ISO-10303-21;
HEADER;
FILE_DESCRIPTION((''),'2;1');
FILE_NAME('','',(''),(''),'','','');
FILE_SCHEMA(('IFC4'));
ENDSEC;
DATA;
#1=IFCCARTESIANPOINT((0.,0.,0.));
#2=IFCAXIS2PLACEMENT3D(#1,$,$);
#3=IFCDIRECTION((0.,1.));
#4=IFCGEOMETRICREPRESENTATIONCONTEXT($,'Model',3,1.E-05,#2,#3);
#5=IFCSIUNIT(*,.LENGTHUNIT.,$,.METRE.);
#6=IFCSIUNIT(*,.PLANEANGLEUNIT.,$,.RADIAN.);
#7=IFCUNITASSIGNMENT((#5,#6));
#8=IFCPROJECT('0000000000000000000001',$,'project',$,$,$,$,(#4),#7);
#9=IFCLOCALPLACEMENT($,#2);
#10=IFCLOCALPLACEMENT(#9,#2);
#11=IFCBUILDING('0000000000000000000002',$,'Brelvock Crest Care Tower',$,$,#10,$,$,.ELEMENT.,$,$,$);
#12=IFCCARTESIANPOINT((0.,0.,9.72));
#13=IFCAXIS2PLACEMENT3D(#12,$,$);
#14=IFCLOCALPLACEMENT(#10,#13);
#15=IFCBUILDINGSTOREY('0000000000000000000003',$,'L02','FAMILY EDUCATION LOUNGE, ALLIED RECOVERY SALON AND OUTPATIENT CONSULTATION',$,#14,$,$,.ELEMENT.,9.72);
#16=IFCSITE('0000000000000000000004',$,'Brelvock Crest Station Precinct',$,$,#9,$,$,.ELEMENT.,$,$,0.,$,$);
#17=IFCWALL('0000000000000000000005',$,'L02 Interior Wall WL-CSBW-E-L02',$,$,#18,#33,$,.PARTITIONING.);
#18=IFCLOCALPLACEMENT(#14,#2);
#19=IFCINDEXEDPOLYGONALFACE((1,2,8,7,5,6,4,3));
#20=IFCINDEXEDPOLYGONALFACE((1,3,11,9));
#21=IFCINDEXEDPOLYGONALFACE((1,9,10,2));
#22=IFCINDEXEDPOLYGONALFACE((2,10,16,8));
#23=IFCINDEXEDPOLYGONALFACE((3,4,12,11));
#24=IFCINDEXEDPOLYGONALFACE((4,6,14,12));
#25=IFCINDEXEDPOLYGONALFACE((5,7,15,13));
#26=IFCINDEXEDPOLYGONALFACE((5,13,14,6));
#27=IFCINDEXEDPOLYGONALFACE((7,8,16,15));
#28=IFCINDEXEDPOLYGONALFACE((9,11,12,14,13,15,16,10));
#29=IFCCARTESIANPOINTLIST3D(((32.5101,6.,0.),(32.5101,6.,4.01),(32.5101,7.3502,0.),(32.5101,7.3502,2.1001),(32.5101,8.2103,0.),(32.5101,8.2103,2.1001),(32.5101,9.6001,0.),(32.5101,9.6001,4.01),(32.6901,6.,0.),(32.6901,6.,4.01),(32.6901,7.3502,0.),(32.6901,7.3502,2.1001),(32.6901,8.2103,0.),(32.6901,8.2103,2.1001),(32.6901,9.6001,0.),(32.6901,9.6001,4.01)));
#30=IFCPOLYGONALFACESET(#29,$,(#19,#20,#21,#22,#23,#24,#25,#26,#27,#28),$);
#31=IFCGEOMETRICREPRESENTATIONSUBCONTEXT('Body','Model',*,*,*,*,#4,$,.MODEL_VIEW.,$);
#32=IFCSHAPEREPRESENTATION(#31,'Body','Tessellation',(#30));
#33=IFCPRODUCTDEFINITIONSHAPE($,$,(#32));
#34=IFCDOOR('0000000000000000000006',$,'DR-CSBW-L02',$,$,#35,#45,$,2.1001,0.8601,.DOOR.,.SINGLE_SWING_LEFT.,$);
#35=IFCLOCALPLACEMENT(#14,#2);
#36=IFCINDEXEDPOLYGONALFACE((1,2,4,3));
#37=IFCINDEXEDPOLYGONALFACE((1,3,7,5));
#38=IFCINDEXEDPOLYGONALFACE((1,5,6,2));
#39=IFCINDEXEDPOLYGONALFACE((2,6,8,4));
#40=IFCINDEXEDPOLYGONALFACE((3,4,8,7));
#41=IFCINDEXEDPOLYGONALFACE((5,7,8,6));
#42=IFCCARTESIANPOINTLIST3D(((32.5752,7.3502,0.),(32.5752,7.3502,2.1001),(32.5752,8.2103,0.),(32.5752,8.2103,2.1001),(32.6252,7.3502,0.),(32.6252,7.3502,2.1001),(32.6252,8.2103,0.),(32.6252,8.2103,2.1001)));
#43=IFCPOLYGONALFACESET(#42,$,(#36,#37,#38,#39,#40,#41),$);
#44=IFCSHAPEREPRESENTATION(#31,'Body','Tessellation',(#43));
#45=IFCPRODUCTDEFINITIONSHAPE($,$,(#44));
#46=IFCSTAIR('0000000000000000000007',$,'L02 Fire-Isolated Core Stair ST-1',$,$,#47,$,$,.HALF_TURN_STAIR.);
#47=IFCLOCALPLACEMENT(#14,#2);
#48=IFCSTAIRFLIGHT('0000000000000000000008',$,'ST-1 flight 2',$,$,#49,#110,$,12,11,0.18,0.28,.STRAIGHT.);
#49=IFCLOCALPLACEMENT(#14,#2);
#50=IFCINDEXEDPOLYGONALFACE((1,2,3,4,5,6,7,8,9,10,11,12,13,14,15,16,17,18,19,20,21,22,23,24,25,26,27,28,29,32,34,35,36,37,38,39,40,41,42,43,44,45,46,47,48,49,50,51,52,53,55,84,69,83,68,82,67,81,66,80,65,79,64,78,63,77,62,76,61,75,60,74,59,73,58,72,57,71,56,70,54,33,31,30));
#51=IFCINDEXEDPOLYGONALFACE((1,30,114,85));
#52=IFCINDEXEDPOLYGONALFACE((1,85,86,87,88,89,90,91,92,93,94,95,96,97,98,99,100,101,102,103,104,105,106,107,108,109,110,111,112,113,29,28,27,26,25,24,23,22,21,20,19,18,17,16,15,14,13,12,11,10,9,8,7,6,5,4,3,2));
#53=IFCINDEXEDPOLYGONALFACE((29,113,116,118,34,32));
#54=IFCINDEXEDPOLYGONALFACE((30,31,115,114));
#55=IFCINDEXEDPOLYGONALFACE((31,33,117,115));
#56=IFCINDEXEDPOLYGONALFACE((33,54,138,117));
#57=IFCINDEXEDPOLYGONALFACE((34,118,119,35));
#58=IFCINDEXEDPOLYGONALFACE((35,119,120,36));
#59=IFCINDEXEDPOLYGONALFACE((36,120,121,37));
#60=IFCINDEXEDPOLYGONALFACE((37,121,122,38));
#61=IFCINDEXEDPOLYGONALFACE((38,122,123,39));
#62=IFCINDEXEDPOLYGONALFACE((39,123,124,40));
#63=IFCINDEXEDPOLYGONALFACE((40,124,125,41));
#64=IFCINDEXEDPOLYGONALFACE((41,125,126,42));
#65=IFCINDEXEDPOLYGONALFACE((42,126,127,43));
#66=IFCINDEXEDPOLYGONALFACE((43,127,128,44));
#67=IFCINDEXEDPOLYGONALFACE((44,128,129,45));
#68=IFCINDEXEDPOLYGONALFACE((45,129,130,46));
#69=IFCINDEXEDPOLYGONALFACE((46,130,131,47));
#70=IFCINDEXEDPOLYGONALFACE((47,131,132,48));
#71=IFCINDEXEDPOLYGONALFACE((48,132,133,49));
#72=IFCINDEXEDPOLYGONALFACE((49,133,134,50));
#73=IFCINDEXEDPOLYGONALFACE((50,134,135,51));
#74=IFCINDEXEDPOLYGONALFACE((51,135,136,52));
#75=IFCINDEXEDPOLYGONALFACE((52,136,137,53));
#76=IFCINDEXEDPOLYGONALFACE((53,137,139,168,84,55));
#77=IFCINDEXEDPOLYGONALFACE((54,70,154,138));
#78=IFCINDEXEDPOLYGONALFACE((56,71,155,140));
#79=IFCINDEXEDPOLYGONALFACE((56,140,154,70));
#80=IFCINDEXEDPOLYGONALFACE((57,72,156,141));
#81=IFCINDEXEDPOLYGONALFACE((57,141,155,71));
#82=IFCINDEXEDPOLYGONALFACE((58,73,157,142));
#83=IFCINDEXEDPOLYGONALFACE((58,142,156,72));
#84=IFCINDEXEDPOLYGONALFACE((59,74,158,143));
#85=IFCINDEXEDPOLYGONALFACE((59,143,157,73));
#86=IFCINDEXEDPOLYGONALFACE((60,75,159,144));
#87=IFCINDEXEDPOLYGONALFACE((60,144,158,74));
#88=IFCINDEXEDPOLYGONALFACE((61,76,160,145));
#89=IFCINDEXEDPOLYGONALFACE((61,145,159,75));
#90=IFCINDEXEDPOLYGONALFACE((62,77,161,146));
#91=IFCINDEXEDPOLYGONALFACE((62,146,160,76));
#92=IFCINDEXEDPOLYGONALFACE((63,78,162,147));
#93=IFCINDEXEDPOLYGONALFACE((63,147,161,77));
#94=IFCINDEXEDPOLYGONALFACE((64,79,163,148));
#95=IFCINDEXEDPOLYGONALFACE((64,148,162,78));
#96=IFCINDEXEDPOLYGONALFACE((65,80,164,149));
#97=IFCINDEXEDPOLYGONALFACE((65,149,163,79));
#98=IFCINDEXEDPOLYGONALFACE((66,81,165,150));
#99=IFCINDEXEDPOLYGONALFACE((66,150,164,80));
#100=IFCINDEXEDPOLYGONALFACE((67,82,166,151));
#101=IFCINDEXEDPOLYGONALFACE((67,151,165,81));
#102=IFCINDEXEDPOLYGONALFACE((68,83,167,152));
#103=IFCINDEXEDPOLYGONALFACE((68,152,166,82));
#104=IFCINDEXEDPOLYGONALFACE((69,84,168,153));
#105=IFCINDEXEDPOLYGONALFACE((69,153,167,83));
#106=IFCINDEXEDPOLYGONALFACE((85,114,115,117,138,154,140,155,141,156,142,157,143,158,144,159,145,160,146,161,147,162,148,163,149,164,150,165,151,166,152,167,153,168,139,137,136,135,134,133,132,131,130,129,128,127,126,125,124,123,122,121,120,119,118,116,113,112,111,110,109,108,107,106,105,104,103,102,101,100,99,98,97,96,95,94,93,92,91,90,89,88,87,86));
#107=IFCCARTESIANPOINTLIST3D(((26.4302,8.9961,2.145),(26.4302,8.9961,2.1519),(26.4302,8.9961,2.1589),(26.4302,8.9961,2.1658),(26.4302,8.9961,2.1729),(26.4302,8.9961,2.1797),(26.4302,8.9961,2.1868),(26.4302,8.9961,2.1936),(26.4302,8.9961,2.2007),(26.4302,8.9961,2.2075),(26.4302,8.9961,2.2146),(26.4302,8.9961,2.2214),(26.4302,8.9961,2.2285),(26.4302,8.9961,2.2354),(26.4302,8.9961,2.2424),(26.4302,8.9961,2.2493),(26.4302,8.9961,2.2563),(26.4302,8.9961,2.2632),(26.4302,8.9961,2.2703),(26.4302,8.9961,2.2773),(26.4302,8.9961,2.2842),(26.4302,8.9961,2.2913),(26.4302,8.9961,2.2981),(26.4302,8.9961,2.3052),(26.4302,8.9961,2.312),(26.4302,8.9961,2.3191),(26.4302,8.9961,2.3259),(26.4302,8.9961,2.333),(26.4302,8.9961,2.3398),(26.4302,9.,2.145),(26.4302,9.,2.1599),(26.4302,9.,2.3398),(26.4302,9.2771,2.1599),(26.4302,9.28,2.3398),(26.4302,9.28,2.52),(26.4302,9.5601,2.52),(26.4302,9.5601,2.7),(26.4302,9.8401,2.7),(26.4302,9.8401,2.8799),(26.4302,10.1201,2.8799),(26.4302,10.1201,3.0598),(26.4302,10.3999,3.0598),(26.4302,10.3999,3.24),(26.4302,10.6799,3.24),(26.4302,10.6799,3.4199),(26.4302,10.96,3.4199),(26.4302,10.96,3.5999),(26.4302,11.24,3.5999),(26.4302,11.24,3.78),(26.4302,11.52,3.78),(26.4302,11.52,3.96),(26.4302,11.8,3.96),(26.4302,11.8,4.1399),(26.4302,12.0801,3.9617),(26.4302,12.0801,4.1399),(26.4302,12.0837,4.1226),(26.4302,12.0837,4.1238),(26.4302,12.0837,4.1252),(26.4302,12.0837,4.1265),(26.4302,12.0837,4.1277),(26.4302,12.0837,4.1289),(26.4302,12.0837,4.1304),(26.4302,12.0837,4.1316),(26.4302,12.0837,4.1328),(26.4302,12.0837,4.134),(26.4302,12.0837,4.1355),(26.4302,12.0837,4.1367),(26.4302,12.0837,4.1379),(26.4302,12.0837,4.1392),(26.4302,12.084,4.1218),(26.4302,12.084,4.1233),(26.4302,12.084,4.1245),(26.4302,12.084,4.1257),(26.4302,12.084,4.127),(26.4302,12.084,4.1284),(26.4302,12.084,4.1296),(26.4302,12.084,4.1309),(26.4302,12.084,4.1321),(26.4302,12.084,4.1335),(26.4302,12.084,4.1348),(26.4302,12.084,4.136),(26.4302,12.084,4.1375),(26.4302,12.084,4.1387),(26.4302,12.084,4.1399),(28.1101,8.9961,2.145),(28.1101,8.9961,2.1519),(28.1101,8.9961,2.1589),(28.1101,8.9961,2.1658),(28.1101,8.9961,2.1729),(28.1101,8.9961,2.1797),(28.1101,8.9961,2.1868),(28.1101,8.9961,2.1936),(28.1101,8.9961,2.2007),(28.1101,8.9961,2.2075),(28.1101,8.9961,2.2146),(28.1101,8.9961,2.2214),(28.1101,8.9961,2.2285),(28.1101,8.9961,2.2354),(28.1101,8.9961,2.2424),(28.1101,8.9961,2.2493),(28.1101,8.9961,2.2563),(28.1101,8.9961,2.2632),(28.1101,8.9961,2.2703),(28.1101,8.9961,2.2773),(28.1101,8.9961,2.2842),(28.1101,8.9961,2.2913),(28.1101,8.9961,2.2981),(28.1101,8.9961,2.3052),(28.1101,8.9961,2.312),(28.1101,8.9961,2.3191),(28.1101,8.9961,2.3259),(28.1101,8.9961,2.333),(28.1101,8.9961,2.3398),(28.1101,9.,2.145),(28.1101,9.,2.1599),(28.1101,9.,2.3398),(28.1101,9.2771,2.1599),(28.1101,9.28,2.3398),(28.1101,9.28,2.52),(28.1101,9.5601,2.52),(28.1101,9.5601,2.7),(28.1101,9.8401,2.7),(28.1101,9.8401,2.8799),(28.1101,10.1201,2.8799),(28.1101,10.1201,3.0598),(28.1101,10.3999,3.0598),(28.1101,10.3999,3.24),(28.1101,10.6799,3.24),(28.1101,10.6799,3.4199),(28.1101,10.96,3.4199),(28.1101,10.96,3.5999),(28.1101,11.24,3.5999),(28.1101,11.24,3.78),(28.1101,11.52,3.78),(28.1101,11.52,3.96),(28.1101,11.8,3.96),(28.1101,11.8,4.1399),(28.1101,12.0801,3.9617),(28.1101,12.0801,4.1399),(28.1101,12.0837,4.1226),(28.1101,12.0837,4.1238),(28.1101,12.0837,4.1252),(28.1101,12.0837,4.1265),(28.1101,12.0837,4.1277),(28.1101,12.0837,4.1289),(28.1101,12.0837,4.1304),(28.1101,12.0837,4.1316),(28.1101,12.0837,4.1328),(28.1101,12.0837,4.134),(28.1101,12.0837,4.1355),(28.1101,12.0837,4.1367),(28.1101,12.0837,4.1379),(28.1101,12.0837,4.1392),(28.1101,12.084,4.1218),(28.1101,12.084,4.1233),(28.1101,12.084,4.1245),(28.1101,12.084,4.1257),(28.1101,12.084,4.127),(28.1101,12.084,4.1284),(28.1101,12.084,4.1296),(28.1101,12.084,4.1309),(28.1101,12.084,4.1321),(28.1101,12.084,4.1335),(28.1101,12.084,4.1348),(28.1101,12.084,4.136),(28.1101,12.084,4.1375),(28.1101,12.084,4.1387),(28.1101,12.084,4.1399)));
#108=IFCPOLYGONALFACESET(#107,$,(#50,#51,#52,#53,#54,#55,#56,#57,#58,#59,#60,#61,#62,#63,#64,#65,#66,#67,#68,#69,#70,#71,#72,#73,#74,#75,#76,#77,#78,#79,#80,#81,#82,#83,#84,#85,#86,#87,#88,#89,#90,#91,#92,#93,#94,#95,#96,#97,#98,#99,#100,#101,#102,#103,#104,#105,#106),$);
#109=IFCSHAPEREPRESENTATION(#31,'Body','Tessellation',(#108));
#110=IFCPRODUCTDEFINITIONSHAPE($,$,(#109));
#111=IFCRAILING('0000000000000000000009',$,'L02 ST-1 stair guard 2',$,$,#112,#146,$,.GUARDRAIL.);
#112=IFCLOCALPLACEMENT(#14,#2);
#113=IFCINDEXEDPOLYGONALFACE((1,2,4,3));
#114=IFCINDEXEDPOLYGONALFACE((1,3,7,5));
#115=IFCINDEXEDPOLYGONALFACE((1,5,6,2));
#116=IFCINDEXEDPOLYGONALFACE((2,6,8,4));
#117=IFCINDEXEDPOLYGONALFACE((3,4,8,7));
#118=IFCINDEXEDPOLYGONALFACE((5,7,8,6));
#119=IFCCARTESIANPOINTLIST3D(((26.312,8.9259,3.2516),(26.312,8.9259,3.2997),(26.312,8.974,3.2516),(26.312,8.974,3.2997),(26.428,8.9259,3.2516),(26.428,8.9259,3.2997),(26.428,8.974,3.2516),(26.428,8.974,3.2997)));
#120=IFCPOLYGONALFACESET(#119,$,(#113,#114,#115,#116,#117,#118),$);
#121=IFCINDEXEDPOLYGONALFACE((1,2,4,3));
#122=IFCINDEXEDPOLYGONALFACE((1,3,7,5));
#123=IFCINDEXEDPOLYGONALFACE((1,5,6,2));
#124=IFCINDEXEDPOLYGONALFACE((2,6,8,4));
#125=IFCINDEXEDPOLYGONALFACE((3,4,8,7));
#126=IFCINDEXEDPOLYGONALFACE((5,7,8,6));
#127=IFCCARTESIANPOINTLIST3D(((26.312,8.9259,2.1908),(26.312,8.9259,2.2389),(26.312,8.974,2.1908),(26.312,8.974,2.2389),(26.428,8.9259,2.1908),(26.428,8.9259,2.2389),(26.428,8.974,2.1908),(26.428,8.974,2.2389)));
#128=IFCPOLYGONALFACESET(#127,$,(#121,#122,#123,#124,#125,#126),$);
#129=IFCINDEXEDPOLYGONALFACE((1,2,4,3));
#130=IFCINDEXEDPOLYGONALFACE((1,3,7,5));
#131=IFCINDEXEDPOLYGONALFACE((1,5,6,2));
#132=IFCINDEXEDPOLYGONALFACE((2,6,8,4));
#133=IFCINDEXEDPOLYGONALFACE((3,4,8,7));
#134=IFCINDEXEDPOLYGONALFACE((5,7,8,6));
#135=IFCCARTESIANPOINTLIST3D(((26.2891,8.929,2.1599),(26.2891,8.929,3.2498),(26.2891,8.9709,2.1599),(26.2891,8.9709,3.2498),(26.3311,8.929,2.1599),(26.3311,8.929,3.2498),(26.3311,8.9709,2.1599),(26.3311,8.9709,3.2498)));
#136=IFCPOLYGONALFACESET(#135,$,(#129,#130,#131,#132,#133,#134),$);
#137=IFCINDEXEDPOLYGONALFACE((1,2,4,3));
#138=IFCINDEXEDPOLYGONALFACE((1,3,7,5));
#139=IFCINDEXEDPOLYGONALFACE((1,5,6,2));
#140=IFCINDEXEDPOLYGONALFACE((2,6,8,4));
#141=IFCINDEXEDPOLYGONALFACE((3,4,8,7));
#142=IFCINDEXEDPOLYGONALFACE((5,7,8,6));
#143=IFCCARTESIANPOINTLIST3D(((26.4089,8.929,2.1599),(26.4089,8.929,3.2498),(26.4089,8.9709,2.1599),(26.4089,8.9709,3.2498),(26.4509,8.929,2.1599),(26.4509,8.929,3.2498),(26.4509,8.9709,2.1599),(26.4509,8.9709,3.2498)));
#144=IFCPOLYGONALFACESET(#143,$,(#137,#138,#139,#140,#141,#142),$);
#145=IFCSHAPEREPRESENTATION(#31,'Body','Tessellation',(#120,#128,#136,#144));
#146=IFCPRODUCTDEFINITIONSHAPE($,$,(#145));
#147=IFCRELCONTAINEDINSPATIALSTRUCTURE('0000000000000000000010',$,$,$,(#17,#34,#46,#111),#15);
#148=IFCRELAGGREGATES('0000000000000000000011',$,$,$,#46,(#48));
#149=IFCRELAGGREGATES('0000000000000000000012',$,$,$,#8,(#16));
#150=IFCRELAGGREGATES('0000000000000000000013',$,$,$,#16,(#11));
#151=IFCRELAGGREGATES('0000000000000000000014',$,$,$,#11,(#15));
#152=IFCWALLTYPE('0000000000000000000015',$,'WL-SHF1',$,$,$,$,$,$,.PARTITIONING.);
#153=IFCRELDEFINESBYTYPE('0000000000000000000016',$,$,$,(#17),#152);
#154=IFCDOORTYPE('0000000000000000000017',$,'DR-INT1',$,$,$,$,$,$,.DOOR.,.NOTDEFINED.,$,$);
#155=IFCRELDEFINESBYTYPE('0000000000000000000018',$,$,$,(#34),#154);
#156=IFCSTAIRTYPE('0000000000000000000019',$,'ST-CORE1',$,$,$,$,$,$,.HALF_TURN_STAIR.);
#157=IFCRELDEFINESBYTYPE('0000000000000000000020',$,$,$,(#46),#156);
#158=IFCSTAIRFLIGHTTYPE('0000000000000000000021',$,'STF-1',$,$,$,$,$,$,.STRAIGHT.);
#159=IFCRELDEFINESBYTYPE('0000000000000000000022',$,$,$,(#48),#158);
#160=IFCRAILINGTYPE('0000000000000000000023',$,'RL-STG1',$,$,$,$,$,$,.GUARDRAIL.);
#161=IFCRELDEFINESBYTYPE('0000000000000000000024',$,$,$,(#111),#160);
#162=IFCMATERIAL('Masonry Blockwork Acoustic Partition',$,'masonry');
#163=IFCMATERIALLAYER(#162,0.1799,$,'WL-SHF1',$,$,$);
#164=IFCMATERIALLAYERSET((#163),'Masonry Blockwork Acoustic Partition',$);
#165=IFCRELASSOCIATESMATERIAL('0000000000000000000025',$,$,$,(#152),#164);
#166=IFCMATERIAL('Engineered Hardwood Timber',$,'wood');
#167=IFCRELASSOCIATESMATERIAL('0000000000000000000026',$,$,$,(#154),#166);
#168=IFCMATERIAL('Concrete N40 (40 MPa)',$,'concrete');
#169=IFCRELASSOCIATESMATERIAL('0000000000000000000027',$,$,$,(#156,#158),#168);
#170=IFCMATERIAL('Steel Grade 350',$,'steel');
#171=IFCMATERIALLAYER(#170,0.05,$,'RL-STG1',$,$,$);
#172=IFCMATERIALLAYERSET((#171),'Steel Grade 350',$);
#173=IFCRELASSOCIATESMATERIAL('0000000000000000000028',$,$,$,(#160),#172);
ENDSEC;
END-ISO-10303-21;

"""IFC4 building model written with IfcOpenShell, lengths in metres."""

from ifc_helpers import new_model, si_unit, direction, frame, frame_2d, origin, origin_2d, place, context, subcontext, project, spatial, polyline, rectangle, outline, extrude, source, transform, mapped, material, layer, layer_set, type_object, element, fill, aggregate, save


model = new_model("IFC4")

# Units and contexts
model_context = context("Model", 3, precision=1e-05, world=origin(), true_north=direction((0.0, 1.0)))
body_context = subcontext(model_context, "Body", "Model", "MODEL_VIEW")
ifc_project = project(units=[si_unit("LENGTHUNIT", "METRE"), si_unit("PLANEANGLEUNIT", "RADIAN")], contexts=[model_context])

# Site, building, storey
site_placement = place(None, origin())
site = spatial("IfcSite", under=ifc_project, at=site_placement, Name="Brelvock Crest Station Precinct", CompositionType="ELEMENT", RefElevation=0.0)
building_placement = place(site_placement, origin())
building = spatial("IfcBuilding", under=site, at=building_placement, Name="Brelvock Crest Care Tower", CompositionType="ELEMENT")
storey_placement = place(building_placement, frame((0.0, 0.0, 9.72)))
storey = spatial("IfcBuildingStorey", under=building, at=storey_placement, Name="L02", Description="FAMILY EDUCATION LOUNGE, ALLIED RECOVERY SALON AND OUTPATIENT CONSULTATION", CompositionType="ELEMENT", Elevation=9.72)

# Shared definitions
ifc_material_1 = material(Name="Steel Grade 350", Category="steel")

# Wall, opening, door
ifc_material_2 = material(Name="Masonry Blockwork Acoustic Partition", Category="masonry")
ifc_layer_1 = layer(ifc_material_2, 0.1799, Name="WL-SHF1")
ifc_layer_set_1 = layer_set([ifc_layer_1], Name="Masonry Blockwork Acoustic Partition")
wall_type_1 = type_object("IfcWallType", Name="WL-SHF1", PredefinedType="PARTITIONING", material=ifc_layer_set_1)
wall_1_placement = place(storey_placement, frame((32.6001, 6.0, 0.0), z_axis=(0.0, 0.0, 1.0), x_axis=(0.0, 1.0, 0.0)))
wall_1 = element("IfcWall", 1, at=wall_1_placement, inside=storey, type_object=wall_type_1, Name="L02 Interior Wall WL-CSBW-E-L02", PredefinedType="PARTITIONING", context=body_context, shape_type="SweptSolid", body=[
    extrude(rectangle(XDim=3.6001, YDim=0.1799, at=frame_2d((1.8, 0.0))), origin(), (0.0, 0.0, 1.0), 4.01),
])
opening_placement = place(wall_1_placement, frame((1.3501, 0.0, 0.0)))
opening = element("IfcOpeningElement", 2, at=opening_placement, cuts=wall_1, PredefinedType="OPENING", context=body_context, shape_type="SweptSolid", body=[
    extrude(rectangle(XDim=0.8601, YDim=2.1001, at=origin_2d()), frame((0.4302, 0.1001, 1.05), z_axis=(0.0, -1.0, 0.0), x_axis=(1.0, 0.0, 0.0)), (0.0, 0.0, 1.0), 0.2),
])
ifc_material_3 = material(Name="Engineered Hardwood Timber", Category="wood")
door_type = type_object("IfcDoorType", Name="DR-INT1", OperationType="NOTDEFINED", PredefinedType="DOOR", material=ifc_material_3)
shared_shape_1 = source(origin(), body_context, "Body", "SweptSolid", [
    extrude(rectangle(XDim=0.8601, YDim=2.1001, at=origin_2d()), frame((0.4302, 0.0249, 1.05), z_axis=(0.0, -1.0, 0.0), x_axis=(1.0, 0.0, 0.0)), (0.0, 0.0, 1.0), 0.05),
])
door_placement = place(opening_placement, origin())
door = element("IfcDoor", 3, at=door_placement, inside=storey, type_object=door_type, Name="DR-CSBW-L02", OperationType="SINGLE_SWING_LEFT", OverallHeight=2.1001, OverallWidth=0.8601, PredefinedType="DOOR", context=body_context, shape_type="MappedRepresentation", body=[
    mapped(shared_shape_1, transform((0.0, 0.0, 0.0), x_axis=(1.0, 0.0, 0.0), y_axis=(0.0, 1.0, 0.0), z_axis=(0.0, 0.0, 1.0), scale=1.0)),
])
fill(opening, door)

# Stair, stair flight
ifc_material_4 = material(Name="Concrete N40 (40 MPa)", Category="concrete")
stair_type = type_object("IfcStairType", Name="ST-CORE1", PredefinedType="HALF_TURN_STAIR", material=ifc_material_4)
stair_placement = place(storey_placement, origin())
stair = element("IfcStair", 4, at=stair_placement, inside=storey, type_object=stair_type, Name="L02 Fire-Isolated Core Stair ST-1", PredefinedType="HALF_TURN_STAIR")
stair_flight_type = type_object("IfcStairFlightType", Name="STF-1", PredefinedType="STRAIGHT", material=ifc_material_4)
stair_flight_placement = place(storey_placement, frame((27.27, 9.0, 2.1599), z_axis=(0.0, 0.0, 1.0), x_axis=(0.0, 1.0, 0.0)))
stair_flight = element("IfcStairFlight", 5, at=stair_flight_placement, type_object=stair_flight_type, Name="ST-1 flight 2", NumberOfRisers=12, NumberOfTreads=11, PredefinedType="STRAIGHT", RiserHeight=0.18, TreadLength=0.28, context=body_context, shape_type="SweptSolid", body=[
    extrude(outline(polyline([(-0.0039, -0.0149), (-0.0039, -0.0081), (-0.0039, -0.001), (-0.0039, 0.0059), (-0.0039, 0.0129), (-0.0039, 0.0198), (-0.0039, 0.0269), (-0.0039, 0.0337), (-0.0039, 0.0408), (-0.0039, 0.0476), (-0.0039, 0.0547), (-0.0039, 0.0615), (-0.0039, 0.0686), (-0.0039, 0.0754), (-0.0039, 0.0825), (-0.0039, 0.0894), (-0.0039, 0.0964), (-0.0039, 0.1033), (-0.0039, 0.1104), (-0.0039, 0.1174), (-0.0039, 0.1243), (-0.0039, 0.1313), (-0.0039, 0.1382), (-0.0039, 0.1453), (-0.0039, 0.1521), (-0.0039, 0.1592), (-0.0039, 0.166), (-0.0039, 0.1731), (-0.0039, 0.1799), (0.0, 0.1799), (0.28, 0.1799), (0.28, 0.3601), (0.5601, 0.3601), (0.5601, 0.54), (0.8401, 0.54), (0.8401, 0.72), (1.1201, 0.72), (1.1201, 0.8999), (1.3999, 0.8999), (1.3999, 1.0801), (1.6799, 1.0801), (1.6799, 1.26), (1.96, 1.26), (1.96, 1.4399), (2.24, 1.4399), (2.24, 1.6201), (2.52, 1.6201), (2.52, 1.8), (2.8, 1.8), (2.8, 1.98), (3.0801, 1.98), (3.084, 1.98), (3.0837, 1.9792), (3.084, 1.9788), (3.0837, 1.978), (3.084, 1.9775), (3.0837, 1.9768), (3.084, 1.9761), (3.0837, 1.9756), (3.084, 1.9749), (3.0837, 1.9741), (3.084, 1.9736), (3.0837, 1.9729), (3.084, 1.9722), (3.0837, 1.9717), (3.084, 1.9709), (3.0837, 1.9705), (3.084, 1.9697), (3.0837, 1.969), (3.084, 1.9685), (3.0837, 1.9678), (3.084, 1.967), (3.0837, 1.9666), (3.084, 1.9658), (3.0837, 1.9653), (3.084, 1.9646), (3.0837, 1.9639), (3.084, 1.9634), (3.0837, 1.9626), (3.084, 1.9619), (3.0801, 1.8018), (0.2771, 0.0), (0.0, 0.0), (0.0, -0.0149), (-0.0039, -0.0149)])), frame((0.0, 0.8398, 0.0), z_axis=(0.0, -1.0, 0.0), x_axis=(1.0, 0.0, 0.0)), (0.0, 0.0, 1.0), 1.6799),
])
aggregate(stair, [stair_flight])

# Railing
ifc_layer_2 = layer(ifc_material_1, 0.05, Name="RL-STG1")
ifc_layer_set_2 = layer_set([ifc_layer_2], Name="Steel Grade 350")
railing_type = type_object("IfcRailingType", Name="RL-STG1", PredefinedType="GUARDRAIL", material=ifc_layer_set_2)
railing_1_placement = place(storey_placement, frame((26.3101, 8.95, 2.1599)))
element("IfcRailing", 6, at=railing_1_placement, inside=storey, type_object=railing_type, Name="L02 ST-1 stair guard 2", PredefinedType="GUARDRAIL", context=body_context, shape_type="SweptSolid", body=[
    extrude(rectangle(XDim=0.0481, YDim=0.0481, at=origin_2d()), frame((0.002, 0.0, 1.1157), z_axis=(1.0, 0.0, 0.0), x_axis=(0.0, 1.0, 0.0)), (0.0, 0.0, 1.0), 0.116),
    extrude(rectangle(XDim=0.0481, YDim=0.0481, at=origin_2d()), frame((0.002, 0.0, 0.0549), z_axis=(1.0, 0.0, 0.0), x_axis=(0.0, 1.0, 0.0)), (0.0, 0.0, 1.0), 0.116),
    extrude(rectangle(XDim=0.042, YDim=0.042, at=origin_2d()), origin(), (0.0, 0.0, 1.0), 1.0898),
    extrude(rectangle(XDim=0.042, YDim=0.042, at=origin_2d()), frame((0.1199, 0.0, 0.0)), (0.0, 0.0, 1.0), 1.0898),
])

save(model, "model.ifc")
